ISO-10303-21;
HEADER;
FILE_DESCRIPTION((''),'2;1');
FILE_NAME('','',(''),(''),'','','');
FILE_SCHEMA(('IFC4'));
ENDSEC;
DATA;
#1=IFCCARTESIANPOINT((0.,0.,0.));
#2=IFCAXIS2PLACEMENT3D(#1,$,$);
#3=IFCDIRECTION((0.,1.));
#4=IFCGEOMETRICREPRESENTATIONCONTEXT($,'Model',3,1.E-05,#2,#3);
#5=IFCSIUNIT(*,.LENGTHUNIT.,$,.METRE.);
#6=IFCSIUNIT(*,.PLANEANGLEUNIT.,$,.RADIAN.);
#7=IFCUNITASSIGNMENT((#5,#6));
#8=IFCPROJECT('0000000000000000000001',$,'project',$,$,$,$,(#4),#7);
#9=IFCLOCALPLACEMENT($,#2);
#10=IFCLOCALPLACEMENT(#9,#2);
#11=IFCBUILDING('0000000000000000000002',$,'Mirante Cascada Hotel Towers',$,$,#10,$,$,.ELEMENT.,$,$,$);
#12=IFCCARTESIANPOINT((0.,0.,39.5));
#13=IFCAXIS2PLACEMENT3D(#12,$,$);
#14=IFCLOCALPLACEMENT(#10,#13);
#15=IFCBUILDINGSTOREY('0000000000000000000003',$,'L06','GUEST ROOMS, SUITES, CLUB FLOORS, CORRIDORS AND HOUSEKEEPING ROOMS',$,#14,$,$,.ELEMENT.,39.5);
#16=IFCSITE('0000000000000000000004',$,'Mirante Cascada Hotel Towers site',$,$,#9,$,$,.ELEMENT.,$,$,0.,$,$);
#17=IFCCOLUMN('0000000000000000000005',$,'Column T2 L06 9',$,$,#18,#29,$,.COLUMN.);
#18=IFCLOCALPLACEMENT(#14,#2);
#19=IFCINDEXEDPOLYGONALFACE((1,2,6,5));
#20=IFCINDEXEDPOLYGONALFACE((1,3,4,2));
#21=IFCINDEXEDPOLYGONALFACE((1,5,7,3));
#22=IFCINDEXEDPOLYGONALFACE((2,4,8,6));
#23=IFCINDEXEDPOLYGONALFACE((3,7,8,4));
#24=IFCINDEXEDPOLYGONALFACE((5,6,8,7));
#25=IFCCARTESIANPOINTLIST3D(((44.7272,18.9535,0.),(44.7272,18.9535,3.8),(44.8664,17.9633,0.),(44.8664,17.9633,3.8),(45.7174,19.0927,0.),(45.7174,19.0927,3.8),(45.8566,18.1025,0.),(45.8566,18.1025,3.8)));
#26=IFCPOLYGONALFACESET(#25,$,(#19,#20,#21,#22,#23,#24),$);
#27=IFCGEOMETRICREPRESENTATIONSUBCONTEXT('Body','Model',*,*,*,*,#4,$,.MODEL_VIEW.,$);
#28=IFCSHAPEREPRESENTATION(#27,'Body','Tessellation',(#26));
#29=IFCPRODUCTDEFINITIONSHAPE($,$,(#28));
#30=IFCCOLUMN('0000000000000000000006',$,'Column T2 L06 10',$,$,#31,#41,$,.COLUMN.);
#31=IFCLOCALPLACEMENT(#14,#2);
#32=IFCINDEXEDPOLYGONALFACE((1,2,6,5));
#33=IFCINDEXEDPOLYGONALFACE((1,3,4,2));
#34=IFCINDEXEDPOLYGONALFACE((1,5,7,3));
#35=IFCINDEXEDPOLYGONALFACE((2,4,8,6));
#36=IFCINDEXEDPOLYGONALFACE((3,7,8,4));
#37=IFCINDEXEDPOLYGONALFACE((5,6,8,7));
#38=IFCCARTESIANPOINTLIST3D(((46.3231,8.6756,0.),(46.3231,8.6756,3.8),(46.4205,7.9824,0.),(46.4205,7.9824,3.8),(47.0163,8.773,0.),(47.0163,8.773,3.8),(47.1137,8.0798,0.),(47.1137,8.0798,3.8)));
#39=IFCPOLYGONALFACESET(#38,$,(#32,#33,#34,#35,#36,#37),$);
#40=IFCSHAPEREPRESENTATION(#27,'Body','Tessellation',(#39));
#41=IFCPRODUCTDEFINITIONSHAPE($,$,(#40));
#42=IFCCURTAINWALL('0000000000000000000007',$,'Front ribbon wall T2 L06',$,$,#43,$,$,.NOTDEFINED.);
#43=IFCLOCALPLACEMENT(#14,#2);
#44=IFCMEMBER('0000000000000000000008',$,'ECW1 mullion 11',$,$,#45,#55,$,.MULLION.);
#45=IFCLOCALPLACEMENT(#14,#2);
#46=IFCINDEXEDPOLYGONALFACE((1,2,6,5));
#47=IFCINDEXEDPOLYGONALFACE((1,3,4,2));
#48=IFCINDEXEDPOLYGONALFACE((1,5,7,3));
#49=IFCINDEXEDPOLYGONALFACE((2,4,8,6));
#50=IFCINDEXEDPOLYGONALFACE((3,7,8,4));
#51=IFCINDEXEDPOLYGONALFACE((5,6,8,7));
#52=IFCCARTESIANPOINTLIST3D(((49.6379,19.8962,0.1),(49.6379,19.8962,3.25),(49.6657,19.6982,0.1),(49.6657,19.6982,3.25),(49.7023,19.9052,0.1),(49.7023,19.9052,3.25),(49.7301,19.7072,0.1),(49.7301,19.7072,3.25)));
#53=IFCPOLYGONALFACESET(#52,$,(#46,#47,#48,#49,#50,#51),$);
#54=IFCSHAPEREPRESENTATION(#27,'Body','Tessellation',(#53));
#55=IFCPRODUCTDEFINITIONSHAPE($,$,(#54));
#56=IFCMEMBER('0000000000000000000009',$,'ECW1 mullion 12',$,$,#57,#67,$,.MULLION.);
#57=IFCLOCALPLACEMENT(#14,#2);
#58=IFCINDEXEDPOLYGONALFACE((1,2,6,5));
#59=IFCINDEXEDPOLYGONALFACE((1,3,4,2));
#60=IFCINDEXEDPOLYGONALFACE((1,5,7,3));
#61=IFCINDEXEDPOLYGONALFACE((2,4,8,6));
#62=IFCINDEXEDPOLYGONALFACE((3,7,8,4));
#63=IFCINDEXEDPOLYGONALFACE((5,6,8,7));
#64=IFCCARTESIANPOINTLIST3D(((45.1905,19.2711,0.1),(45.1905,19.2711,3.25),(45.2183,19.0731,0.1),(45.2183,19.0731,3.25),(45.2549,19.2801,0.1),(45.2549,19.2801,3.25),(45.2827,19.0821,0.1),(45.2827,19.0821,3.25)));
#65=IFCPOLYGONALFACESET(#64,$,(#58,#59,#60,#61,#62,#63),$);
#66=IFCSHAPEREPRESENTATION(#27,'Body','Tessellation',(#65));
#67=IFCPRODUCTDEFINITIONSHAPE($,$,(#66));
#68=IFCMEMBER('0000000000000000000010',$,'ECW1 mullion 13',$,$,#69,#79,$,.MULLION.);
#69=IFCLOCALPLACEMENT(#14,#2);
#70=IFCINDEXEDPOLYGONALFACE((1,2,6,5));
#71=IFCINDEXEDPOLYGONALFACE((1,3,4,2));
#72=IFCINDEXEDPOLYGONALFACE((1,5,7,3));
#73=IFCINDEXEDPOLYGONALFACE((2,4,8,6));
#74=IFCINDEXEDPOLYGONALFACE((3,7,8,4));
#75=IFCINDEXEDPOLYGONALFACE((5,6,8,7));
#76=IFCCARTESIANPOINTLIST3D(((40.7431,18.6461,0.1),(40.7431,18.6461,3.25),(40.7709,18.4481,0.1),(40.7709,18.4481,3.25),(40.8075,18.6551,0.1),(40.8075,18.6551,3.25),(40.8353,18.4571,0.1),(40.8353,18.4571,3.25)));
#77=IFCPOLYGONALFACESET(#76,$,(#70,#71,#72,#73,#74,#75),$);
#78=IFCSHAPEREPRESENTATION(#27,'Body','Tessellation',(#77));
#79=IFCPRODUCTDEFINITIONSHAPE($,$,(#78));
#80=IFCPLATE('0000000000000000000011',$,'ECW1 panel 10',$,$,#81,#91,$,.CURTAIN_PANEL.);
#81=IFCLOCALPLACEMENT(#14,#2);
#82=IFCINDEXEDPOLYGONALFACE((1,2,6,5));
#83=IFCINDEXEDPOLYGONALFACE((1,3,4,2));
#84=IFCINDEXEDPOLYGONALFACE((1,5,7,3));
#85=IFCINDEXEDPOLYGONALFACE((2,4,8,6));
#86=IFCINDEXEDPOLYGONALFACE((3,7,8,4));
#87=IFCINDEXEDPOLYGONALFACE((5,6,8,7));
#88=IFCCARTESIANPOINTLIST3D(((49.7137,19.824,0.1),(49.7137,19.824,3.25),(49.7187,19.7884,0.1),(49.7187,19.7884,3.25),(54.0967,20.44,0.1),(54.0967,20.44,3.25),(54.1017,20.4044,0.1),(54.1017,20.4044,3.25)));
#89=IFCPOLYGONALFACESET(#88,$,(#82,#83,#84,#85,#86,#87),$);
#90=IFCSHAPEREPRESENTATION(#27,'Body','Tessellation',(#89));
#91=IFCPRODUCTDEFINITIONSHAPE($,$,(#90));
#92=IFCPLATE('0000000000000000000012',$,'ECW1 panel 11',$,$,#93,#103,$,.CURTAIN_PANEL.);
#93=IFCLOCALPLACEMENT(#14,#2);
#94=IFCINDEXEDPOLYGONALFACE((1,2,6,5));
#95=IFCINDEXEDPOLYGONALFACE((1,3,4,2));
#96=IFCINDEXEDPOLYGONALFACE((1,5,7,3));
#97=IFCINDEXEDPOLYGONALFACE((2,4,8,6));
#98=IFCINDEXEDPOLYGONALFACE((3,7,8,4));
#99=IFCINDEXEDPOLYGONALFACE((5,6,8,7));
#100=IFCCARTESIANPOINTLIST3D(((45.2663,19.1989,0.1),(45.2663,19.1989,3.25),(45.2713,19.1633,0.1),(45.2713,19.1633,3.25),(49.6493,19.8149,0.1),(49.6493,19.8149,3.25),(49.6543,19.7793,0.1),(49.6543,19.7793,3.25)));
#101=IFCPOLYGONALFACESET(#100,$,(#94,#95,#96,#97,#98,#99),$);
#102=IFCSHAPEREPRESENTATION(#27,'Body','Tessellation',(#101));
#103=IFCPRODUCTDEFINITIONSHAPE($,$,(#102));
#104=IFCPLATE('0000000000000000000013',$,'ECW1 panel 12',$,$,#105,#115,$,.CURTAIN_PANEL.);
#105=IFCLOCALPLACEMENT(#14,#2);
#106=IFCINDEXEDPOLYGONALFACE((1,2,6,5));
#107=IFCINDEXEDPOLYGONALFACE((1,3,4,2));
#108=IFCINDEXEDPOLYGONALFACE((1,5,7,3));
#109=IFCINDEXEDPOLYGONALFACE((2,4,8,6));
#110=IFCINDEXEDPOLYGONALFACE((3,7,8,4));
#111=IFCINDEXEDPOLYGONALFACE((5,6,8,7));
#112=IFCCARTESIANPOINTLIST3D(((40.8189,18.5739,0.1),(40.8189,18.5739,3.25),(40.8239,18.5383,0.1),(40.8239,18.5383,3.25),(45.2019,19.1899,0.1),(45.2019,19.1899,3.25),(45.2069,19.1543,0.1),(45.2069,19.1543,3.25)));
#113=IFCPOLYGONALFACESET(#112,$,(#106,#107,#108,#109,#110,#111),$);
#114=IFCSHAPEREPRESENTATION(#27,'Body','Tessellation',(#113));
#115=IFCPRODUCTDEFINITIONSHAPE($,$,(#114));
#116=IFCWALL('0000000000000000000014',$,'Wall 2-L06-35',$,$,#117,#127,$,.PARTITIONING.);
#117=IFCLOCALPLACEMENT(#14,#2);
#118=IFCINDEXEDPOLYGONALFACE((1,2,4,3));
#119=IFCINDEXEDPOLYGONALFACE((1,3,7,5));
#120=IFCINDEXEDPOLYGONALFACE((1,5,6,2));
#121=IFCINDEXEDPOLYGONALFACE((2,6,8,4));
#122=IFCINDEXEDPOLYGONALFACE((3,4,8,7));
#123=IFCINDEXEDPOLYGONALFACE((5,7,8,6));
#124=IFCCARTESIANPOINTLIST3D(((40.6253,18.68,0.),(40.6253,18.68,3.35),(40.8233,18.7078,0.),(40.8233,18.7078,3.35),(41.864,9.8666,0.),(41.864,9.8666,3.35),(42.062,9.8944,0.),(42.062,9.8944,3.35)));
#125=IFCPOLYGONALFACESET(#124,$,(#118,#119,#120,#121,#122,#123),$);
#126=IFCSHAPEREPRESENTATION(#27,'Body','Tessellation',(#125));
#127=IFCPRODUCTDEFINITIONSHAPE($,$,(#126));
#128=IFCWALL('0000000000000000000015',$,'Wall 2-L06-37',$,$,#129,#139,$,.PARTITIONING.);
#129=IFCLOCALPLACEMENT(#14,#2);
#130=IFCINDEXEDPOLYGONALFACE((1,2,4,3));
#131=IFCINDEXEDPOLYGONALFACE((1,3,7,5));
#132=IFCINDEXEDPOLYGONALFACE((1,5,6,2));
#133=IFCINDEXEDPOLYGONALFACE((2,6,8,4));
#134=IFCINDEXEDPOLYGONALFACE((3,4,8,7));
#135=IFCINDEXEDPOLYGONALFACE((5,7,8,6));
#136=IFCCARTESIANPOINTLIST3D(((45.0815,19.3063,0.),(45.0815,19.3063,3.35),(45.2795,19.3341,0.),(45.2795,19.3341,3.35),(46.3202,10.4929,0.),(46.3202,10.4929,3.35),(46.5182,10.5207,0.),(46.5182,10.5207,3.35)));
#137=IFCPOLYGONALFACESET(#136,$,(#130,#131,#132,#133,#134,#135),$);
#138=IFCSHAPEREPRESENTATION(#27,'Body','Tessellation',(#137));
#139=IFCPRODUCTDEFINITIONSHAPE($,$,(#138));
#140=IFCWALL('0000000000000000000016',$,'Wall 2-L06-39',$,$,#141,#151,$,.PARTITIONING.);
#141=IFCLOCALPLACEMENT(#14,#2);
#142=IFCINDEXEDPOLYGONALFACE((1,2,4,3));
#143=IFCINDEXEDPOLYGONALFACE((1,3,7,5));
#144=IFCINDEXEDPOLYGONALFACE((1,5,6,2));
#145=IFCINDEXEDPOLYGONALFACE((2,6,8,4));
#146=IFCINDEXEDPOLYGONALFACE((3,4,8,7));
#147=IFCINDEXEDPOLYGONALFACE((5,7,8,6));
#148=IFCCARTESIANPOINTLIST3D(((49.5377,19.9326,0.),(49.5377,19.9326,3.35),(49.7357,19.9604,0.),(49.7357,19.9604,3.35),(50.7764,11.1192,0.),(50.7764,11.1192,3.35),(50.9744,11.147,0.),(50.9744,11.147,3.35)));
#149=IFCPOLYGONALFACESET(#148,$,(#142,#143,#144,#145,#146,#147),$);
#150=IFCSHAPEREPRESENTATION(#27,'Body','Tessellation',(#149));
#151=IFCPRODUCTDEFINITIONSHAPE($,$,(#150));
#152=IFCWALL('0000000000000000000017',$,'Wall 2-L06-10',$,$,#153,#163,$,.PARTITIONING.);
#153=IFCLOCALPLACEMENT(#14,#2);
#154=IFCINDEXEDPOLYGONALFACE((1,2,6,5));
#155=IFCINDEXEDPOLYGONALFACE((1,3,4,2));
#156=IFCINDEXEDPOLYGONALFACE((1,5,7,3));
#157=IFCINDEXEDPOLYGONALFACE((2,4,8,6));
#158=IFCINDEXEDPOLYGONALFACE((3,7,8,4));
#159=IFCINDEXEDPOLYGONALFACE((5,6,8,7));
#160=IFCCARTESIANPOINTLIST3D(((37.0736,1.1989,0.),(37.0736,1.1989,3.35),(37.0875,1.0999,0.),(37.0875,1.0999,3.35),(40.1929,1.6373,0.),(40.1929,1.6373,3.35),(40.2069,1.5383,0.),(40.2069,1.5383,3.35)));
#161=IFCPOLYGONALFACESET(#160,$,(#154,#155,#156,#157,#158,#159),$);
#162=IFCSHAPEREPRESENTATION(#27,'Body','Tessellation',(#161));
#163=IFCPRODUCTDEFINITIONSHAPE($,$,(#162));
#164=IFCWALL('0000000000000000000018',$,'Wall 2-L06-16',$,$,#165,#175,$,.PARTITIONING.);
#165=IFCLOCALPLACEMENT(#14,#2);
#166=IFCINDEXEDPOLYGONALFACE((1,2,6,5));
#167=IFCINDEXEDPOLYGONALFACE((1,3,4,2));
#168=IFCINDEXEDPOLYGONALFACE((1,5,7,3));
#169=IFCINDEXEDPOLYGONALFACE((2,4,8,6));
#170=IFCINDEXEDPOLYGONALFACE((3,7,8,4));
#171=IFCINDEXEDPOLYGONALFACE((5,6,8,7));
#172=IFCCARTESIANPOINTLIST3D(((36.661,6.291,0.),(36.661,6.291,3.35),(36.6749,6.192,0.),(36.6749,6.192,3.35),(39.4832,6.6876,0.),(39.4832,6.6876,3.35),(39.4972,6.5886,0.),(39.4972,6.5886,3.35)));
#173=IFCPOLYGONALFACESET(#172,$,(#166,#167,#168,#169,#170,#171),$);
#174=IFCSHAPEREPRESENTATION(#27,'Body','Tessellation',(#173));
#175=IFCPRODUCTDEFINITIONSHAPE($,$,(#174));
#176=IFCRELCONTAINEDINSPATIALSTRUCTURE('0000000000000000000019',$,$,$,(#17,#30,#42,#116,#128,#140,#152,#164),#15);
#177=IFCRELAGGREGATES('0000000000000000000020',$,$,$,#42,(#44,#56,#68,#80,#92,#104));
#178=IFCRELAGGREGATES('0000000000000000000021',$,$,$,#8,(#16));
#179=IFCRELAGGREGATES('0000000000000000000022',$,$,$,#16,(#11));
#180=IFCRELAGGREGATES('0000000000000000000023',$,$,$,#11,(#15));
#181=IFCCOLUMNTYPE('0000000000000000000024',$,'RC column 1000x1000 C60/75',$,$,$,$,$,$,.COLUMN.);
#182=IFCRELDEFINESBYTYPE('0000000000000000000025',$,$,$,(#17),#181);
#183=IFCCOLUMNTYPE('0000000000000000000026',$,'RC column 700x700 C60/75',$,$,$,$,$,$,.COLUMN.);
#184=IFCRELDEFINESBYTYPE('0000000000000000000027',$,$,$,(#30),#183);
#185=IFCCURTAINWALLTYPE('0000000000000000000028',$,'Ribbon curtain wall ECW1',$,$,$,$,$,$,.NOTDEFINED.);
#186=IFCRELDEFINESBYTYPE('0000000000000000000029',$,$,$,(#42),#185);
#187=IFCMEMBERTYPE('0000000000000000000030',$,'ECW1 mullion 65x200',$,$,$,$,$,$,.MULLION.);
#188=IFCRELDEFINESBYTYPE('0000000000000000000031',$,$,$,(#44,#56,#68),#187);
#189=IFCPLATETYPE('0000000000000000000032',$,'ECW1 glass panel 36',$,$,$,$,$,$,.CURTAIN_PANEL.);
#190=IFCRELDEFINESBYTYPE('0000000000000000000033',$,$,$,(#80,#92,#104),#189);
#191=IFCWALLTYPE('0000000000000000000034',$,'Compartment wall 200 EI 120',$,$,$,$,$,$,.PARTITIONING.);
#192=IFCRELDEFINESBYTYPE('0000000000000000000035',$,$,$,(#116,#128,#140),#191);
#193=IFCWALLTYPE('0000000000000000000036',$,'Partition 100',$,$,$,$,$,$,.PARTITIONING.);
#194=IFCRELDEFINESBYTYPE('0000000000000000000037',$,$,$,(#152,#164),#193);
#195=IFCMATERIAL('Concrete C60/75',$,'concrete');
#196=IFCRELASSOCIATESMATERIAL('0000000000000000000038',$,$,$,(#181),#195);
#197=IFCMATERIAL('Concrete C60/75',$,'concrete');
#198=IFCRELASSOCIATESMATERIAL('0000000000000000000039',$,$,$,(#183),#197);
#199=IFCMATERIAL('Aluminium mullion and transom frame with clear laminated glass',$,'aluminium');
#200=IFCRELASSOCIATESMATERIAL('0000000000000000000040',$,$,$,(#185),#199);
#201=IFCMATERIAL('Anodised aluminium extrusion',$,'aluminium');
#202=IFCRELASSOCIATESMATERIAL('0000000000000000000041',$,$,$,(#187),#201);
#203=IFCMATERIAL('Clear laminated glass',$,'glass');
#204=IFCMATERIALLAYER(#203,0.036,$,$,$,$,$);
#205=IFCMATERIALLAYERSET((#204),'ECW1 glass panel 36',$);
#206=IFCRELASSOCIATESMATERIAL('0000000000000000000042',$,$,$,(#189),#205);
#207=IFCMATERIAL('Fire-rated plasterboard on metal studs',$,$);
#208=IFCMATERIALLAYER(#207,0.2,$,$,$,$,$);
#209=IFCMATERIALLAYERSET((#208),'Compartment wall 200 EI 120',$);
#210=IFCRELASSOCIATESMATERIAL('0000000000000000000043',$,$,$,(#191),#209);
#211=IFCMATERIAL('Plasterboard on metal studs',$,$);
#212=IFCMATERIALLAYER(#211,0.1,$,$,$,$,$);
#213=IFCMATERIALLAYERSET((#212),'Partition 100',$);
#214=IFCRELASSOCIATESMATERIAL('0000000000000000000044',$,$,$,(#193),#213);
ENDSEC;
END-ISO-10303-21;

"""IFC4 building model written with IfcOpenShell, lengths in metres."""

from ifc_helpers import new_model, si_unit, direction, frame, frame_2d, origin, origin_2d, place, context, subcontext, project, spatial, rectangle, extrude, material, layer, layer_set, material_profile, profile_set, type_object, element, aggregate, save


model = new_model("IFC4")

# Units and contexts
model_context = context("Model", 3, precision=1e-05, world=origin(), true_north=direction((0.0, 1.0)))
body_context = subcontext(model_context, "Body", "Model", "MODEL_VIEW")
ifc_project = project(units=[si_unit("LENGTHUNIT", "METRE"), si_unit("PLANEANGLEUNIT", "RADIAN")], contexts=[model_context])

# Site, building, storey
site_placement = place(None, origin())
site = spatial("IfcSite", under=ifc_project, at=site_placement, Name="Mirante Cascada Hotel Towers site", CompositionType="ELEMENT", RefElevation=0.0)
building_placement = place(site_placement, origin())
building = spatial("IfcBuilding", under=site, at=building_placement, Name="Mirante Cascada Hotel Towers", CompositionType="ELEMENT")
storey_placement = place(building_placement, frame((0.0, 0.0, 39.5)))
storey = spatial("IfcBuildingStorey", under=building, at=storey_placement, Name="L06", Description="GUEST ROOMS, SUITES, CLUB FLOORS, CORRIDORS AND HOUSEKEEPING ROOMS", CompositionType="ELEMENT", Elevation=39.5)

# Columns
ifc_material_1 = material(Name="Concrete C60/75", Category="concrete")
ifc_material_profile_1 = material_profile(ifc_material_1, rectangle(XDim=1.0, YDim=1.0, at=origin_2d()), Name="RC column 1000x1000 C60/75")
ifc_profile_set_1 = profile_set([ifc_material_profile_1], Name="Concrete C60/75")
column_type_1 = type_object("IfcColumnType", Name="RC column 1000x1000 C60/75", PredefinedType="COLUMN", material=ifc_profile_set_1)
column_1_placement = place(storey_placement, frame((45.2919, 18.528, 0.0), z_axis=(0.0, 0.0, 1.0), x_axis=(0.990268, 0.139173, 0.0)))
element("IfcColumn", 1, at=column_1_placement, inside=storey, type_object=column_type_1, Name="Column T2 L06 9", PredefinedType="COLUMN", context=body_context, shape_type="SweptSolid", body=[
    extrude(rectangle(XDim=1.0, YDim=1.0, at=origin_2d()), origin(), (0.0, 0.0, 1.0), 3.8),
])
ifc_material_2 = material(Name="Concrete C60/75", Category="concrete")
ifc_material_profile_2 = material_profile(ifc_material_2, rectangle(XDim=0.7, YDim=0.7, at=origin_2d()), Name="RC column 700x700 C60/75")
ifc_profile_set_2 = profile_set([ifc_material_profile_2], Name="Concrete C60/75")
column_type_2 = type_object("IfcColumnType", Name="RC column 700x700 C60/75", PredefinedType="COLUMN", material=ifc_profile_set_2)
column_2_placement = place(storey_placement, frame((46.7184, 8.3777, 0.0), z_axis=(0.0, 0.0, 1.0), x_axis=(0.990268, 0.139173, 0.0)))
element("IfcColumn", 2, at=column_2_placement, inside=storey, type_object=column_type_2, Name="Column T2 L06 10", PredefinedType="COLUMN", context=body_context, shape_type="SweptSolid", body=[
    extrude(rectangle(XDim=0.7, YDim=0.7, at=origin_2d()), origin(), (0.0, 0.0, 1.0), 3.8),
])

# Curtain wall, members, plates
ifc_material_3 = material(Name="Aluminium mullion and transom frame with clear laminated glass", Category="aluminium")
curtain_wall_type = type_object("IfcCurtainWallType", Name="Ribbon curtain wall ECW1", PredefinedType="NOTDEFINED", material=ifc_material_3)
curtain_wall_placement = place(storey_placement, origin())
curtain_wall = element("IfcCurtainWall", 3, at=curtain_wall_placement, inside=storey, type_object=curtain_wall_type, Name="Front ribbon wall T2 L06", PredefinedType="NOTDEFINED")
ifc_material_4 = material(Name="Anodised aluminium extrusion", Category="aluminium")
ifc_material_profile_3 = material_profile(ifc_material_4, rectangle(XDim=0.2, YDim=0.065, at=origin_2d()), Name="ECW1 MULLION 65x200")
ifc_profile_set_3 = profile_set([ifc_material_profile_3], Name="Anodised aluminium extrusion")
member_type = type_object("IfcMemberType", Name="ECW1 mullion 65x200", PredefinedType="MULLION", material=ifc_profile_set_3)
member_1_placement = place(storey_placement, frame((49.684, 19.8017, 0.1), z_axis=(0.0, 0.0, 1.0), x_axis=(0.139173, -0.990268, 0.0)))
member_1 = element("IfcMember", 4, at=member_1_placement, type_object=member_type, Name="ECW1 mullion 11", PredefinedType="MULLION", context=body_context, shape_type="SweptSolid", body=[
    extrude(rectangle(XDim=0.2, YDim=0.065, at=origin_2d()), origin(), (0.0, 0.0, 1.0), 3.15),
])
member_2_placement = place(storey_placement, frame((45.2366, 19.1766, 0.1), z_axis=(0.0, 0.0, 1.0), x_axis=(0.139173, -0.990268, 0.0)))
member_2 = element("IfcMember", 5, at=member_2_placement, type_object=member_type, Name="ECW1 mullion 12", PredefinedType="MULLION", context=body_context, shape_type="SweptSolid", body=[
    extrude(rectangle(XDim=0.2, YDim=0.065, at=origin_2d()), origin(), (0.0, 0.0, 1.0), 3.15),
])
member_3_placement = place(storey_placement, frame((40.7892, 18.5516, 0.1), z_axis=(0.0, 0.0, 1.0), x_axis=(0.139173, -0.990268, 0.0)))
member_3 = element("IfcMember", 6, at=member_3_placement, type_object=member_type, Name="ECW1 mullion 13", PredefinedType="MULLION", context=body_context, shape_type="SweptSolid", body=[
    extrude(rectangle(XDim=0.2, YDim=0.065, at=origin_2d()), origin(), (0.0, 0.0, 1.0), 3.15),
])
ifc_material_5 = material(Name="Clear laminated glass", Category="glass")
ifc_layer_1 = layer(ifc_material_5, 0.036)
ifc_layer_set_1 = layer_set([ifc_layer_1], Name="ECW1 glass panel 36")
plate_type = type_object("IfcPlateType", Name="ECW1 glass panel 36", PredefinedType="CURTAIN_PANEL", material=ifc_layer_set_1)
plate_1_placement = place(storey_placement, frame((51.9077, 20.1142, 0.1), z_axis=(0.0, 0.0, 1.0), x_axis=(-0.990268, -0.139173, 0.0)))
plate_1 = element("IfcPlate", 7, at=plate_1_placement, type_object=plate_type, Name="ECW1 panel 10", PredefinedType="CURTAIN_PANEL", context=body_context, shape_type="SweptSolid", body=[
    extrude(rectangle(XDim=4.4261, YDim=0.036, at=origin_2d()), origin(), (0.0, 0.0, 1.0), 3.15),
])
plate_2_placement = place(storey_placement, frame((47.4603, 19.4891, 0.1), z_axis=(0.0, 0.0, 1.0), x_axis=(-0.990268, -0.139173, 0.0)))
plate_2 = element("IfcPlate", 8, at=plate_2_placement, type_object=plate_type, Name="ECW1 panel 11", PredefinedType="CURTAIN_PANEL", context=body_context, shape_type="SweptSolid", body=[
    extrude(rectangle(XDim=4.4261, YDim=0.036, at=origin_2d()), origin(), (0.0, 0.0, 1.0), 3.15),
])
plate_3_placement = place(storey_placement, frame((43.0129, 18.8641, 0.1), z_axis=(0.0, 0.0, 1.0), x_axis=(-0.990268, -0.139173, 0.0)))
plate_3 = element("IfcPlate", 9, at=plate_3_placement, type_object=plate_type, Name="ECW1 panel 12", PredefinedType="CURTAIN_PANEL", context=body_context, shape_type="SweptSolid", body=[
    extrude(rectangle(XDim=4.4261, YDim=0.036, at=origin_2d()), origin(), (0.0, 0.0, 1.0), 3.15),
])
aggregate(curtain_wall, [member_1, member_2, member_3, plate_1, plate_2, plate_3])

# Walls
ifc_material_6 = material(Name="Fire-rated plasterboard on metal studs")
ifc_layer_2 = layer(ifc_material_6, 0.2)
ifc_layer_set_2 = layer_set([ifc_layer_2], Name="Compartment wall 200 EI 120")
wall_type_1 = type_object("IfcWallType", Name="Compartment wall 200 EI 120", PredefinedType="PARTITIONING", material=ifc_layer_set_2)
for number, where, z_axis, x_axis, name in (
    (10, (41.963, 9.8805, 0.0), (0.0, 0.0, 1.0), (-0.139179, 0.990267, 0.0), "Wall 2-L06-35"),
    (11, (46.4192, 10.5068, 0.0), (0.0, 0.0, 1.0), (-0.139179, 0.990267, 0.0), "Wall 2-L06-37"),
    (12, (50.8754, 11.1331, 0.0), (0.0, 0.0, 1.0), (-0.139179, 0.990267, 0.0), "Wall 2-L06-39"),
):
    element("IfcWall", number, at=place(storey_placement, frame(where, z_axis=z_axis, x_axis=x_axis)), inside=storey, type_object=wall_type_1, Name=name, PredefinedType="PARTITIONING", context=body_context, shape_type="SweptSolid", body=[
        extrude(rectangle(XDim=8.9, YDim=0.2, at=frame_2d((4.45, 0.0))), origin(), (0.0, 0.0, 1.0), 3.35),
    ])
ifc_material_7 = material(Name="Plasterboard on metal studs")
ifc_layer_3 = layer(ifc_material_7, 0.1)
ifc_layer_set_3 = layer_set([ifc_layer_3], Name="Partition 100")
wall_type_2 = type_object("IfcWallType", Name="Partition 100", PredefinedType="PARTITIONING", material=ifc_layer_set_3)
wall_1_placement = place(storey_placement, frame((40.1999, 1.5878, 0.0), z_axis=(0.0, 0.0, 1.0), x_axis=(-0.990268, -0.139177, 0.0)))
element("IfcWall", 13, at=wall_1_placement, inside=storey, type_object=wall_type_2, Name="Wall 2-L06-10", PredefinedType="PARTITIONING", context=body_context, shape_type="SweptSolid", body=[
    extrude(rectangle(XDim=3.15, YDim=0.1, at=frame_2d((1.575, 0.0))), origin(), (0.0, 0.0, 1.0), 3.35),
])
wall_2_placement = place(storey_placement, frame((39.4902, 6.6381, 0.0), z_axis=(0.0, 0.0, 1.0), x_axis=(-0.99027, -0.139156, 0.0)))
element("IfcWall", 14, at=wall_2_placement, inside=storey, type_object=wall_type_2, Name="Wall 2-L06-16", PredefinedType="PARTITIONING", context=body_context, shape_type="SweptSolid", body=[
    extrude(rectangle(XDim=2.85, YDim=0.1, at=frame_2d((1.425, 0.0))), origin(), (0.0, 0.0, 1.0), 3.35),
])

save(model, "model.ifc")
